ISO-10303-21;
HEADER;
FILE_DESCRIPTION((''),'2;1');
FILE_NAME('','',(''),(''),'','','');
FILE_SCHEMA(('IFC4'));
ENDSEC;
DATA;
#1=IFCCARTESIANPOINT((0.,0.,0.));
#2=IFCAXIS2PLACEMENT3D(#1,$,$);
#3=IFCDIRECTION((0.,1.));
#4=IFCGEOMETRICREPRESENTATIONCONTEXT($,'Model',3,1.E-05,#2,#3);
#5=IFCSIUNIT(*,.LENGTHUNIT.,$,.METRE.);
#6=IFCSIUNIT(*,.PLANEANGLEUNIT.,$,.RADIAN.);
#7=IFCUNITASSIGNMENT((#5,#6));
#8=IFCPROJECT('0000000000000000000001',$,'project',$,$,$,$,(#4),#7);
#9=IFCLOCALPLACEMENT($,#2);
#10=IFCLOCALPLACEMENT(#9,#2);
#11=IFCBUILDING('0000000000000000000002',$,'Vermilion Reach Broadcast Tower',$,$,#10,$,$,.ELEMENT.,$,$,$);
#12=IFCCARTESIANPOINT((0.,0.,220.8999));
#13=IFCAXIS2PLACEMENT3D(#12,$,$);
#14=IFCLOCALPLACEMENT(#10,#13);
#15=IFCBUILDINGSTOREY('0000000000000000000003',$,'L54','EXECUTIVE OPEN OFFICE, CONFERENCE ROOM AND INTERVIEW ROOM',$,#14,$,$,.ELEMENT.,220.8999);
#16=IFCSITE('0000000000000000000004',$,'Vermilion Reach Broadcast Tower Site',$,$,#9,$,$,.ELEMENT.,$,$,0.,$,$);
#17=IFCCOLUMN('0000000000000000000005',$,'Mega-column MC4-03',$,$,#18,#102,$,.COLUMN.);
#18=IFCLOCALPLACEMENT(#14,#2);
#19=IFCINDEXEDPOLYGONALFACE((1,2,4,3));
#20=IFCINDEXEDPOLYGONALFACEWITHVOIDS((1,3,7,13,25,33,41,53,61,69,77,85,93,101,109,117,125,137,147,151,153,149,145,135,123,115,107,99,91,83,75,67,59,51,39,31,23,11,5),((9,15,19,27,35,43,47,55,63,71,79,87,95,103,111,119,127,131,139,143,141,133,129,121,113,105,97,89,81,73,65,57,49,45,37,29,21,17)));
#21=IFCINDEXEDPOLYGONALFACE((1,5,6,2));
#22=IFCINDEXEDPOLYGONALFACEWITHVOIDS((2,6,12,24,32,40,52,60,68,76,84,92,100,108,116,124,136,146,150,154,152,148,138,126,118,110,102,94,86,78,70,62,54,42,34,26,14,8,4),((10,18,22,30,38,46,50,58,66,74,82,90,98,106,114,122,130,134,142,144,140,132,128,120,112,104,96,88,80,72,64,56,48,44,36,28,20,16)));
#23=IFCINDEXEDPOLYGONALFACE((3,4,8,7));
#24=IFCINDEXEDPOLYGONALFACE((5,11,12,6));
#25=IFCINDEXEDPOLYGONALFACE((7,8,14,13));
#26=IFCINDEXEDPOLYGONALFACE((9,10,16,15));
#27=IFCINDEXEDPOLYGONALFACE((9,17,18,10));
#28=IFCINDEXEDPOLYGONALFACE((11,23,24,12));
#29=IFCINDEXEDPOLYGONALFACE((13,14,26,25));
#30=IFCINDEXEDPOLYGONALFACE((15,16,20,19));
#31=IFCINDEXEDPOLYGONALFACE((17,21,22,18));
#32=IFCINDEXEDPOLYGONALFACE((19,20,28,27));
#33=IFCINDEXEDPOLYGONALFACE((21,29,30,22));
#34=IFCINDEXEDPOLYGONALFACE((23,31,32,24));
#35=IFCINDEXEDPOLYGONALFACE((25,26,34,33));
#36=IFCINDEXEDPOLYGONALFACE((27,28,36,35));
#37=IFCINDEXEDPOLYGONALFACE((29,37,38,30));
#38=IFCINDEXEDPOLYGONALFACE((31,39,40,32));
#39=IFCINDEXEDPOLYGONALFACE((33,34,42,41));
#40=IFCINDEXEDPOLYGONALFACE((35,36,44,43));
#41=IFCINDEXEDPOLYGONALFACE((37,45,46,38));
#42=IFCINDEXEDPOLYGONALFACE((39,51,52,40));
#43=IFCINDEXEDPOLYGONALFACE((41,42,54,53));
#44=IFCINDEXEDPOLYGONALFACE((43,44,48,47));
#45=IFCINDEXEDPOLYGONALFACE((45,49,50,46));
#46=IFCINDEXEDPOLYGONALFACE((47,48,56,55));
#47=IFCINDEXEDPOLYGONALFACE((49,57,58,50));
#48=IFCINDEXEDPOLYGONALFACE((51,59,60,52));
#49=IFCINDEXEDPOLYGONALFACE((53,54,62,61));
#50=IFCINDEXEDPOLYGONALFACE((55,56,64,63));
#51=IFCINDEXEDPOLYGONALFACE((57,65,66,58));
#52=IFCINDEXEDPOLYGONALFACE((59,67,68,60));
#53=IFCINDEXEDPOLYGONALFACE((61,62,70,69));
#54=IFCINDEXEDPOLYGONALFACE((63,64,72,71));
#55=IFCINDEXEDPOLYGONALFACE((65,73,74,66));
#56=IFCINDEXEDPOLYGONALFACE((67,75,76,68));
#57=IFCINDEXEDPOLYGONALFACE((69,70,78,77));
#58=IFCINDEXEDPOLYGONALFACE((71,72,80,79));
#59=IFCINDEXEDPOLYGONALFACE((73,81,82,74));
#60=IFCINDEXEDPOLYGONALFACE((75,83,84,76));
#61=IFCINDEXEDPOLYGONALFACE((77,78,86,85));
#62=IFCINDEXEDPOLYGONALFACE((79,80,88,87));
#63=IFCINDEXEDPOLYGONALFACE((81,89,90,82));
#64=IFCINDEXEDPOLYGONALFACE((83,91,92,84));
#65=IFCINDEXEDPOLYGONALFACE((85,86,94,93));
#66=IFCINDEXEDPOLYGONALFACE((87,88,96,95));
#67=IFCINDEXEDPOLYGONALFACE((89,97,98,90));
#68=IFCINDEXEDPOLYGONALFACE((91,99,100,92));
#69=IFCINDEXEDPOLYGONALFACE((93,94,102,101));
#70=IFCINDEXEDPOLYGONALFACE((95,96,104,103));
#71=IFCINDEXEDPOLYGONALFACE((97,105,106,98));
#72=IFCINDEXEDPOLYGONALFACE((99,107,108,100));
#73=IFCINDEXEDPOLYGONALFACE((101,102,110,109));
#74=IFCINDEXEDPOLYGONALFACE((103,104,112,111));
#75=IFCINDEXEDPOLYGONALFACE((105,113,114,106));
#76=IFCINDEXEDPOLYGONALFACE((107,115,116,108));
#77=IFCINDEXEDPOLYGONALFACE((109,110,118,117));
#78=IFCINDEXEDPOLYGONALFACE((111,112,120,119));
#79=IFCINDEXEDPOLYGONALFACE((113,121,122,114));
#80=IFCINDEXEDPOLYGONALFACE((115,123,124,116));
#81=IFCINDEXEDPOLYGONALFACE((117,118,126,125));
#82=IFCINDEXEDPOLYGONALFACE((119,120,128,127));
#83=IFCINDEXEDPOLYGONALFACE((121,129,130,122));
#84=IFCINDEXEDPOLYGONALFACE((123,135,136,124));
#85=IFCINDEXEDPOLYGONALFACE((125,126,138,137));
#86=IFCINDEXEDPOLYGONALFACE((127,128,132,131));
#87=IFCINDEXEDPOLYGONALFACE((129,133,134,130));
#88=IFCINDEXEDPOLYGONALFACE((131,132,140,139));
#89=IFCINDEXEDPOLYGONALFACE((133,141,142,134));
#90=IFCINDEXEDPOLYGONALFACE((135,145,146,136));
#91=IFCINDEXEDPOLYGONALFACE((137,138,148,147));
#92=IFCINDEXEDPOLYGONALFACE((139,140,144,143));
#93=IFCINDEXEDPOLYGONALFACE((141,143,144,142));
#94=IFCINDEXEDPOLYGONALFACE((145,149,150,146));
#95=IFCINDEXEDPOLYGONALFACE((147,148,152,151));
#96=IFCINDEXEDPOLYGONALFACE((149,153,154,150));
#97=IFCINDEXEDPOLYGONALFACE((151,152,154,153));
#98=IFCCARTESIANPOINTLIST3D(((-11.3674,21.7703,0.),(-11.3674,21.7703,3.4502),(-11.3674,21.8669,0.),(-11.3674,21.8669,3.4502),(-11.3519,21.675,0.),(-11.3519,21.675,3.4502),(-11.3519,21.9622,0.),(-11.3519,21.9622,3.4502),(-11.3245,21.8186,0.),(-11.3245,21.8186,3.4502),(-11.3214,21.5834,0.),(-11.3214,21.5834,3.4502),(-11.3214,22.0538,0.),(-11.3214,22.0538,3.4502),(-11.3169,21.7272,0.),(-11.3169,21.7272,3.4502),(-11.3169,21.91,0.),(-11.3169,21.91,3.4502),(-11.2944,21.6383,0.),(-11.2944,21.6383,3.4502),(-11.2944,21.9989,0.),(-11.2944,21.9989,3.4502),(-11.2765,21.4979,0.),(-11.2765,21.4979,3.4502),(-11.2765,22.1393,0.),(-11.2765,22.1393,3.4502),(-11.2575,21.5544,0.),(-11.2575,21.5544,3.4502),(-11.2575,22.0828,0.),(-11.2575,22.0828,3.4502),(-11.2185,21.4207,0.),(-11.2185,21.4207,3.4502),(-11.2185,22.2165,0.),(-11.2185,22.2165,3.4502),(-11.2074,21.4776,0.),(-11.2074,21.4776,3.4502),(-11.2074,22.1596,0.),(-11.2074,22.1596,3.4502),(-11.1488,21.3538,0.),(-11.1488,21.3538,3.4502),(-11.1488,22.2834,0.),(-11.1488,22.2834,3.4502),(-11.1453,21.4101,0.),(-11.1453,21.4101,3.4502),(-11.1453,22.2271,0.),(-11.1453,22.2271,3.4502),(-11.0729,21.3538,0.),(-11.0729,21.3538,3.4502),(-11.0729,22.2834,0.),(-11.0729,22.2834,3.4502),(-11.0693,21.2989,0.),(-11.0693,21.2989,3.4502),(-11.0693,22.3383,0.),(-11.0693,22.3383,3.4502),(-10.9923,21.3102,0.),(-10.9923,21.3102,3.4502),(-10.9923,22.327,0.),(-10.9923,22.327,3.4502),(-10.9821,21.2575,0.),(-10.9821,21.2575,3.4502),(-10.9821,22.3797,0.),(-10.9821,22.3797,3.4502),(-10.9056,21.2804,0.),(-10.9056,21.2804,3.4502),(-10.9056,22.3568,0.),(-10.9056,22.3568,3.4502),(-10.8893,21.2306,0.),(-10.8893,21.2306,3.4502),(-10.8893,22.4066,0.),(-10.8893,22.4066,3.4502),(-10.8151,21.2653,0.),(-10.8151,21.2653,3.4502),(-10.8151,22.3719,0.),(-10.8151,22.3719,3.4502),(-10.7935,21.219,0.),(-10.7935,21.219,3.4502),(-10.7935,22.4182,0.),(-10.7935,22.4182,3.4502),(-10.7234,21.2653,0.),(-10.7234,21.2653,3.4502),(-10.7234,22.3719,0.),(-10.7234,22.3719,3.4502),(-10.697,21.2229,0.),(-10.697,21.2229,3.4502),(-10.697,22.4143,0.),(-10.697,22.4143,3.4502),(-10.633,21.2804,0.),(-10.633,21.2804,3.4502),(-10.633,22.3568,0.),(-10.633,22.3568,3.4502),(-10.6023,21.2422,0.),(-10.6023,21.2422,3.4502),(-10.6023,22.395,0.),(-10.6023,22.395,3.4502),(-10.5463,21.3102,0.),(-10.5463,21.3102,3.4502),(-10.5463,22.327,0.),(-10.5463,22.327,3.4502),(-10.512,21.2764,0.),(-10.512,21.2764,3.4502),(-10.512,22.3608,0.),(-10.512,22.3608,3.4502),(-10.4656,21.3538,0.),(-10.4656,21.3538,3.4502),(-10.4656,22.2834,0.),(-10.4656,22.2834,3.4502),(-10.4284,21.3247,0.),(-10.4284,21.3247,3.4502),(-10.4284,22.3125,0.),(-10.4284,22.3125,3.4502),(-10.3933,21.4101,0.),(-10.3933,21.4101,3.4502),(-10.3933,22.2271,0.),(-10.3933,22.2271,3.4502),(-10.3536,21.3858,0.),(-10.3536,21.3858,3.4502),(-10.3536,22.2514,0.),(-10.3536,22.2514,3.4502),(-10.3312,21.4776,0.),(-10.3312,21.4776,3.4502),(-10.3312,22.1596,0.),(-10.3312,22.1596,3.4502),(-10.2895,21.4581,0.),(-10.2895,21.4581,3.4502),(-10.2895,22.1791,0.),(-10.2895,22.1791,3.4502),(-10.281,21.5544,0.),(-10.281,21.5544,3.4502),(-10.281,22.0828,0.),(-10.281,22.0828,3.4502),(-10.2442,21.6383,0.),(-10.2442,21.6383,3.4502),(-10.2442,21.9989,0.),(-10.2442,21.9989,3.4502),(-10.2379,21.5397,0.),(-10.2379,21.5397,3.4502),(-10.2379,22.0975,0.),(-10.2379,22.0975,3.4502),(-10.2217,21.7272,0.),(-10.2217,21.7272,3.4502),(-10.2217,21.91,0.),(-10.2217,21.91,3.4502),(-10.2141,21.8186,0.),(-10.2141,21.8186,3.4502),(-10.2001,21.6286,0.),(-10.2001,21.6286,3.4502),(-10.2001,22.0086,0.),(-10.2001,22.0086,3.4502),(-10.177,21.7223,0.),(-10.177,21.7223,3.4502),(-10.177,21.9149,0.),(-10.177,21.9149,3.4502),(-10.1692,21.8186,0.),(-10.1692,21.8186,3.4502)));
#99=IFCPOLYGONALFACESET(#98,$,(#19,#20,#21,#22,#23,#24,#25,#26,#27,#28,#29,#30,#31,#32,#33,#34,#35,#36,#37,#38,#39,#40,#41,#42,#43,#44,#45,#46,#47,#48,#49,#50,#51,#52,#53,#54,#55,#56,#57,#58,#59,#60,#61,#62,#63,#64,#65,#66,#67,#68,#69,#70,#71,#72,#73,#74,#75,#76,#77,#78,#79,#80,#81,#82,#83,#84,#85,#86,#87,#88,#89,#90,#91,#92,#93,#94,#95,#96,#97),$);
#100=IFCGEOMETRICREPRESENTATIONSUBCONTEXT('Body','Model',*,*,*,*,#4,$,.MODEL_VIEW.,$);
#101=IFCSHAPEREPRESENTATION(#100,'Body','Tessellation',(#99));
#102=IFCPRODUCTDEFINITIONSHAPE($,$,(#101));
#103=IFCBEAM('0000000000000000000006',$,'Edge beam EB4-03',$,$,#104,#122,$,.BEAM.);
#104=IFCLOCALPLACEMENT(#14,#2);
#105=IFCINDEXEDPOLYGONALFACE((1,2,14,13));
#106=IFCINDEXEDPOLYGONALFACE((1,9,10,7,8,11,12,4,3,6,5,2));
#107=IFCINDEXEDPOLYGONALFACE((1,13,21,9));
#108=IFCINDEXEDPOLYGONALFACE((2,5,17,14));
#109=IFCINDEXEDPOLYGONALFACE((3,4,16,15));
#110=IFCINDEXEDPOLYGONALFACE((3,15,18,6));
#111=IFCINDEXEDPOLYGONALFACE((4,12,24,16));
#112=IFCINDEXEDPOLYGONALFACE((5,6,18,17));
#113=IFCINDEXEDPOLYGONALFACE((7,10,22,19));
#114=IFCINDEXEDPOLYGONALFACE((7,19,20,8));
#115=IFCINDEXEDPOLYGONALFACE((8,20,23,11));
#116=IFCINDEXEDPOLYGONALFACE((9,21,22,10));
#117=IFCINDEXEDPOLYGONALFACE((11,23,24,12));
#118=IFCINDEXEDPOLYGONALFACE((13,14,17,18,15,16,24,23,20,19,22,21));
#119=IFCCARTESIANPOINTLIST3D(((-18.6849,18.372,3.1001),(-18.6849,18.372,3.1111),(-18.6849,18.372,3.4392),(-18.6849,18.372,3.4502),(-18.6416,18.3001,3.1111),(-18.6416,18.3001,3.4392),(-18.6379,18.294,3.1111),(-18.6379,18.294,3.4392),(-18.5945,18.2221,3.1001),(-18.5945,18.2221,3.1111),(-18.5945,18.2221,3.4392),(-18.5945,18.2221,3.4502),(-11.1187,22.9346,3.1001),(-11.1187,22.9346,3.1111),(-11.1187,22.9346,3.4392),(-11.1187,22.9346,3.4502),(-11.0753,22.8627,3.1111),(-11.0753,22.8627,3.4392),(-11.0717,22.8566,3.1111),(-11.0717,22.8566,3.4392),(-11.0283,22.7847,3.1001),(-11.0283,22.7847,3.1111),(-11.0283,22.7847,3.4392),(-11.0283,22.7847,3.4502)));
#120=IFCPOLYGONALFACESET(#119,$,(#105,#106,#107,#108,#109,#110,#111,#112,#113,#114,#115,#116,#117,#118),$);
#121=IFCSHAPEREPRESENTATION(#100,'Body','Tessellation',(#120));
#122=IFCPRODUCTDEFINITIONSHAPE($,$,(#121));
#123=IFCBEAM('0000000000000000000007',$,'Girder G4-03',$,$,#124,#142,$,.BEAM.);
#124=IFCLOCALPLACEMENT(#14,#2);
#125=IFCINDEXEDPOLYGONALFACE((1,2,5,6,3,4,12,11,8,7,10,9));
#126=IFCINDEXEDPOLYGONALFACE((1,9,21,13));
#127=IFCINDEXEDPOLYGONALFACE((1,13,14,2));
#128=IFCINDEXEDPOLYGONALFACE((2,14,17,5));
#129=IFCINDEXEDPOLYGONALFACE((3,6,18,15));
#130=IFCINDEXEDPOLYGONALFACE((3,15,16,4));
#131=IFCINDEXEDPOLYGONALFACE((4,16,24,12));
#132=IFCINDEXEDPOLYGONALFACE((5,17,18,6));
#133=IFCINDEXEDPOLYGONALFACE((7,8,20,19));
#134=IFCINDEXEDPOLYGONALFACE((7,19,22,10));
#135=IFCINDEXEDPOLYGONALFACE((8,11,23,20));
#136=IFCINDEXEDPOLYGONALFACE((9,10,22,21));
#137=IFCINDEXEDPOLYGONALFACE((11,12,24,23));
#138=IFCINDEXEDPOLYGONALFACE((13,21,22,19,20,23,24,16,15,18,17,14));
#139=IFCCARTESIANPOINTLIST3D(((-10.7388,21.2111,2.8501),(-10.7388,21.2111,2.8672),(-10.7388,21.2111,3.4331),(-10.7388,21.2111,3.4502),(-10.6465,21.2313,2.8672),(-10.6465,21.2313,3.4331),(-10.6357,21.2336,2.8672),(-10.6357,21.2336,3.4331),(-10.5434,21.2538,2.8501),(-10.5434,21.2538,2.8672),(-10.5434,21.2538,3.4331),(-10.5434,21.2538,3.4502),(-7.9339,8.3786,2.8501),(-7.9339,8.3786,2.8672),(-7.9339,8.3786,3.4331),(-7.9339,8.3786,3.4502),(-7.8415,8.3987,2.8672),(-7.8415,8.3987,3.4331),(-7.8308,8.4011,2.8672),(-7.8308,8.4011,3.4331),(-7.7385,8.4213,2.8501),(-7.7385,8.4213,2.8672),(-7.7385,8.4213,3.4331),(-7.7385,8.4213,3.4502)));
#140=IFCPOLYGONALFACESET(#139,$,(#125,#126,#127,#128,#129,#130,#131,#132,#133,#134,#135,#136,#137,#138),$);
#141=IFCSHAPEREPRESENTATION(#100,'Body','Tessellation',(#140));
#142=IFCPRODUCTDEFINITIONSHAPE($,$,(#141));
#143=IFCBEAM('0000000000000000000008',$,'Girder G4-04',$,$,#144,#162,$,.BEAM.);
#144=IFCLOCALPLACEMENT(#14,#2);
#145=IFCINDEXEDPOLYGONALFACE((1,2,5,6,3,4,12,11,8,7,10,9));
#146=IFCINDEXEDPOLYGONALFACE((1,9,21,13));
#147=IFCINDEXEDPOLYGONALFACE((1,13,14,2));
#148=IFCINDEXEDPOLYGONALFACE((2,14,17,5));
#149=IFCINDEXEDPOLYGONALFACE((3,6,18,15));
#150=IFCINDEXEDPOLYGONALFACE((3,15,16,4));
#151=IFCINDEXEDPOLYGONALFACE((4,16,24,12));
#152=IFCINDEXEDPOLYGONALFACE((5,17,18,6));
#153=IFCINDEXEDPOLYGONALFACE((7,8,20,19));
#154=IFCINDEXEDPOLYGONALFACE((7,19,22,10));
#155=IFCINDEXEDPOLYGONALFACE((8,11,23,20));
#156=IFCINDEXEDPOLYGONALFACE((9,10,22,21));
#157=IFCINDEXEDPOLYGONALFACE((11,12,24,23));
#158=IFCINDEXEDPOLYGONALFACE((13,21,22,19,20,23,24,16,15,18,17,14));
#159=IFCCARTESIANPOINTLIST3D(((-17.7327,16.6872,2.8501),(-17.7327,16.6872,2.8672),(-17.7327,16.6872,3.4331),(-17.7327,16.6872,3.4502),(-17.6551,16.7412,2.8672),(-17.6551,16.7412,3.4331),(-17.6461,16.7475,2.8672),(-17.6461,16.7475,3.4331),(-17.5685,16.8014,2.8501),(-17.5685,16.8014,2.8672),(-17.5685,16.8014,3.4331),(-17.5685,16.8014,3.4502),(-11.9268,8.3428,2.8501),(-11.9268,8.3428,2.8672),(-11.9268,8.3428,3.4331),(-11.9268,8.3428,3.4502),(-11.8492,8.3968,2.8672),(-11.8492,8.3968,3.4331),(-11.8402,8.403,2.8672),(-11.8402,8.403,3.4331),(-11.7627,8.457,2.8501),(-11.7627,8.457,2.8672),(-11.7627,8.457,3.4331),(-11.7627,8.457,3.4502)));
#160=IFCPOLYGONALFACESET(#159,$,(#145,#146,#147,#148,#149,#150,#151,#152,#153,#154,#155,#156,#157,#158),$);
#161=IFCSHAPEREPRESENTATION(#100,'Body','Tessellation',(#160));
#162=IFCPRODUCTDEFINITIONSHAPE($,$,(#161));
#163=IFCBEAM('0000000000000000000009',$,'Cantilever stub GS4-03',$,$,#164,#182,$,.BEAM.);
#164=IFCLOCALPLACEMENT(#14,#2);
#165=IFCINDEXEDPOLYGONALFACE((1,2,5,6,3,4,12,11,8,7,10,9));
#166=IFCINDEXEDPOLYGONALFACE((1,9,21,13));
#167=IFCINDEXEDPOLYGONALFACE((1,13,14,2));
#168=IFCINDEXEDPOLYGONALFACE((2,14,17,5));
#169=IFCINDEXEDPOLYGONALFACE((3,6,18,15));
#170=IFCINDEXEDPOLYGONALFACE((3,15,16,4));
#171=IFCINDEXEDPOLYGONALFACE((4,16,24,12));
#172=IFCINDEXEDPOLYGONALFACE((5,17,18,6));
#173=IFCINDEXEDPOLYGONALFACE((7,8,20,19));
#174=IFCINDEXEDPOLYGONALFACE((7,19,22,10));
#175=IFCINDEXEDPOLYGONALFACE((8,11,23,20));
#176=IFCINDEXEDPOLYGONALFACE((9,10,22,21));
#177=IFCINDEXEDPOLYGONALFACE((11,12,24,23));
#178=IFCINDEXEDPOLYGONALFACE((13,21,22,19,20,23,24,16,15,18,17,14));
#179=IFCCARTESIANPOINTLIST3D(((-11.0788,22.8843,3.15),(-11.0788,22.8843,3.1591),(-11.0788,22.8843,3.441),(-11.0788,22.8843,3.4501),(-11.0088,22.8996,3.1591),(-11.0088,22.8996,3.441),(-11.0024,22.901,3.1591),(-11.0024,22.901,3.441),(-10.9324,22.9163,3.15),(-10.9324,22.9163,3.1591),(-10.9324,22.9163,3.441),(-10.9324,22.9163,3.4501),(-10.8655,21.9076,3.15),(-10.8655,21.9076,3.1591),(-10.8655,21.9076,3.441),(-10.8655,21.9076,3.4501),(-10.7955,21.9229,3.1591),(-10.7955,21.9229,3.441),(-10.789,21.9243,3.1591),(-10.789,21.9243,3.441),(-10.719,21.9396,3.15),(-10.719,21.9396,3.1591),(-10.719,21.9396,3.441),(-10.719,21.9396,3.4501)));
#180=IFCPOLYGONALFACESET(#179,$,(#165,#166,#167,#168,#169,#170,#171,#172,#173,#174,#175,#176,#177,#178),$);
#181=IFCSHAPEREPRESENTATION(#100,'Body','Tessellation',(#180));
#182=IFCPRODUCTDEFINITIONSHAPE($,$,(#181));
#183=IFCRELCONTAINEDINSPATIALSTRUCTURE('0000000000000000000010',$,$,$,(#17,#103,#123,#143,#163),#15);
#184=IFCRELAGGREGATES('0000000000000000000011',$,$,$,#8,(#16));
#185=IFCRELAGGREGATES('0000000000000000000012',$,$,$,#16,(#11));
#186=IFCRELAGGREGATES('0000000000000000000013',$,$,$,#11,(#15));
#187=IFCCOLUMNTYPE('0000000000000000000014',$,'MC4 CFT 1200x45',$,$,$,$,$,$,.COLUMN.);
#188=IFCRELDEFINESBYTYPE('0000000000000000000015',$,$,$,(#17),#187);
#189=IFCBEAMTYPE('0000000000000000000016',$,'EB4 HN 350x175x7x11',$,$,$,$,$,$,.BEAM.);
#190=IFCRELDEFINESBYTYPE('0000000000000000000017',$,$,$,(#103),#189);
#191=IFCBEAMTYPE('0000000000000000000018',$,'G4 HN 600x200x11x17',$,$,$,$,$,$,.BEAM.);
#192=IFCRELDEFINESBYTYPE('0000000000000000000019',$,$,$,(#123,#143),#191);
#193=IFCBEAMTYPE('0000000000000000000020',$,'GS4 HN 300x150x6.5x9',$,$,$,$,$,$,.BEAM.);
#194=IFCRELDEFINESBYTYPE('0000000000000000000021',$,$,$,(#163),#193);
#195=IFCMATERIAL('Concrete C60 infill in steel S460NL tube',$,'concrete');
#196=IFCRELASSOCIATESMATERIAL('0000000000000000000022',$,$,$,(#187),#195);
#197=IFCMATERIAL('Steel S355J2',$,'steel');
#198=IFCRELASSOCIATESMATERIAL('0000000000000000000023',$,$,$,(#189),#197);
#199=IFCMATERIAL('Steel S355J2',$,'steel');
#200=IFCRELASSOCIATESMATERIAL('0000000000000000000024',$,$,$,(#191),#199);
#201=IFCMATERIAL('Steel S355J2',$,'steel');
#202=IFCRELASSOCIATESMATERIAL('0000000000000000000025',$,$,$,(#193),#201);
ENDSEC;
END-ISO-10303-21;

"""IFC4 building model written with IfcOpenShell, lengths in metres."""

from ifc_helpers import new_model, si_unit, direction, frame, origin, origin_2d, place, context, subcontext, project, spatial, hollow_circle, i_section, extrude, material, material_profile, profile_set, type_object, element, save


model = new_model("IFC4")

# Units and contexts
model_context = context("Model", 3, precision=1e-05, world=origin(), true_north=direction((0.0, 1.0)))
body_context = subcontext(model_context, "Body", "Model", "MODEL_VIEW")
ifc_project = project(units=[si_unit("LENGTHUNIT", "METRE"), si_unit("PLANEANGLEUNIT", "RADIAN")], contexts=[model_context])

# Site, building, storey
site_placement = place(None, origin())
site = spatial("IfcSite", under=ifc_project, at=site_placement, Name="Vermilion Reach Broadcast Tower Site", CompositionType="ELEMENT", RefElevation=0.0)
building_placement = place(site_placement, origin())
building = spatial("IfcBuilding", under=site, at=building_placement, Name="Vermilion Reach Broadcast Tower", CompositionType="ELEMENT")
storey_placement = place(building_placement, frame((0.0, 0.0, 220.8999)))
storey = spatial("IfcBuildingStorey", under=building, at=storey_placement, Name="L54", Description="EXECUTIVE OPEN OFFICE, CONFERENCE ROOM AND INTERVIEW ROOM", CompositionType="ELEMENT", Elevation=220.8999)

# Column
ifc_material_1 = material(Name="Concrete C60 infill in steel S460NL tube", Category="concrete")
ifc_material_profile_1 = material_profile(ifc_material_1, hollow_circle(Radius=0.6001, WallThickness=0.0449, at=origin_2d()), Name="Concrete C60 infill in steel S460NL tube CFT 1200x45")
ifc_profile_set_1 = profile_set([ifc_material_profile_1], Name="Concrete C60 infill in steel S460NL tube")
column_type = type_object("IfcColumnType", Name="MC4 CFT 1200x45", PredefinedType="COLUMN", material=ifc_profile_set_1)
column_placement = place(storey_placement, frame((-10.7693, 21.8186, 0.0), z_axis=(0.0, 0.0, 1.0), x_axis=(1.0, 0.0, 0.0)))
element("IfcColumn", 1, at=column_placement, inside=storey, type_object=column_type, Name="Mega-column MC4-03", PredefinedType="COLUMN", context=body_context, shape_type="SweptSolid", body=[
    extrude(hollow_circle(Radius=0.6001, WallThickness=0.0449, at=origin_2d()), origin(), (0.0, 0.0, 1.0), 3.4502),
])

# Beams
ifc_material_2 = material(Name="Steel S355J2", Category="steel")
ifc_material_profile_2 = material_profile(ifc_material_2, i_section(OverallWidth=0.175, OverallDepth=0.3501, WebThickness=0.0071, FlangeThickness=0.011, at=origin_2d()), Name="S355J2 HN 350x175x7x11")
ifc_profile_set_2 = profile_set([ifc_material_profile_2], Name="Steel S355J2")
beam_type_1 = type_object("IfcBeamType", Name="EB4 HN 350x175x7x11", PredefinedType="BEAM", material=ifc_profile_set_2)
beam_1_placement = place(storey_placement, frame((-11.0735, 22.8596, 3.2751), z_axis=(-0.856352, -0.516392, 0.0), x_axis=(0.516392, -0.856352, 0.0)))
element("IfcBeam", 2, at=beam_1_placement, inside=storey, type_object=beam_type_1, Name="Edge beam EB4-03", PredefinedType="BEAM", context=body_context, shape_type="SweptSolid", body=[
    extrude(i_section(OverallWidth=0.175, OverallDepth=0.3501, WebThickness=0.0071, FlangeThickness=0.011, at=origin_2d()), origin(), (0.0, 0.0, 1.0), 8.8354),
])
ifc_material_3 = material(Name="Steel S355J2", Category="steel")
ifc_material_profile_3 = material_profile(ifc_material_3, i_section(OverallWidth=0.2, OverallDepth=0.6001, WebThickness=0.011, FlangeThickness=0.0171, at=origin_2d()), Name="S355J2 HN 600x200x11x17")
ifc_profile_set_3 = profile_set([ifc_material_profile_3], Name="Steel S355J2")
beam_type_2 = type_object("IfcBeamType", Name="G4 HN 600x200x11x17", PredefinedType="BEAM", material=ifc_profile_set_3)
beam_2_placement = place(storey_placement, frame((-7.8362, 8.3999, 3.1501), z_axis=(-0.213538, 0.976935, 0.0), x_axis=(-0.976935, -0.213538, 0.0)))
element("IfcBeam", 3, at=beam_2_placement, inside=storey, type_object=beam_type_2, Name="Girder G4-03", PredefinedType="BEAM", context=body_context, shape_type="SweptSolid", body=[
    extrude(i_section(OverallWidth=0.2, OverallDepth=0.6001, WebThickness=0.011, FlangeThickness=0.0171, at=origin_2d()), origin(), (0.0, 0.0, 1.0), 13.1355),
])
beam_3_placement = place(storey_placement, frame((-11.8447, 8.3999, 3.1501), z_axis=(-0.571134, 0.820857, 0.0), x_axis=(-0.820857, -0.571134, 0.0)))
element("IfcBeam", 4, at=beam_3_placement, inside=storey, type_object=beam_type_2, Name="Girder G4-04", PredefinedType="BEAM", context=body_context, shape_type="SweptSolid", body=[
    extrude(i_section(OverallWidth=0.2, OverallDepth=0.6001, WebThickness=0.011, FlangeThickness=0.0171, at=origin_2d()), origin(), (0.0, 0.0, 1.0), 10.1655),
])
ifc_material_4 = material(Name="Steel S355J2", Category="steel")
ifc_material_profile_4 = material_profile(ifc_material_4, i_section(OverallWidth=0.1499, OverallDepth=0.3, WebThickness=0.0066, FlangeThickness=0.009, at=origin_2d()), Name="S355J2 HN 300x150x6.5x9")
ifc_profile_set_4 = profile_set([ifc_material_profile_4], Name="Steel S355J2")
beam_type_3 = type_object("IfcBeamType", Name="GS4 HN 300x150x6.5x9", PredefinedType="BEAM", material=ifc_profile_set_4)
beam_4_placement = place(storey_placement, frame((-10.7922, 21.9236, 3.3), z_axis=(-0.213413, 0.976962, 0.0), x_axis=(-0.976962, -0.213413, 0.0)))
element("IfcBeam", 5, at=beam_4_placement, inside=storey, type_object=beam_type_3, Name="Cantilever stub GS4-03", PredefinedType="BEAM", context=body_context, shape_type="SweptSolid", body=[
    extrude(i_section(OverallWidth=0.1499, OverallDepth=0.3, WebThickness=0.0066, FlangeThickness=0.009, at=origin_2d()), origin(), (0.0, 0.0, 1.0), 0.9998),
])

save(model, "model.ifc")
